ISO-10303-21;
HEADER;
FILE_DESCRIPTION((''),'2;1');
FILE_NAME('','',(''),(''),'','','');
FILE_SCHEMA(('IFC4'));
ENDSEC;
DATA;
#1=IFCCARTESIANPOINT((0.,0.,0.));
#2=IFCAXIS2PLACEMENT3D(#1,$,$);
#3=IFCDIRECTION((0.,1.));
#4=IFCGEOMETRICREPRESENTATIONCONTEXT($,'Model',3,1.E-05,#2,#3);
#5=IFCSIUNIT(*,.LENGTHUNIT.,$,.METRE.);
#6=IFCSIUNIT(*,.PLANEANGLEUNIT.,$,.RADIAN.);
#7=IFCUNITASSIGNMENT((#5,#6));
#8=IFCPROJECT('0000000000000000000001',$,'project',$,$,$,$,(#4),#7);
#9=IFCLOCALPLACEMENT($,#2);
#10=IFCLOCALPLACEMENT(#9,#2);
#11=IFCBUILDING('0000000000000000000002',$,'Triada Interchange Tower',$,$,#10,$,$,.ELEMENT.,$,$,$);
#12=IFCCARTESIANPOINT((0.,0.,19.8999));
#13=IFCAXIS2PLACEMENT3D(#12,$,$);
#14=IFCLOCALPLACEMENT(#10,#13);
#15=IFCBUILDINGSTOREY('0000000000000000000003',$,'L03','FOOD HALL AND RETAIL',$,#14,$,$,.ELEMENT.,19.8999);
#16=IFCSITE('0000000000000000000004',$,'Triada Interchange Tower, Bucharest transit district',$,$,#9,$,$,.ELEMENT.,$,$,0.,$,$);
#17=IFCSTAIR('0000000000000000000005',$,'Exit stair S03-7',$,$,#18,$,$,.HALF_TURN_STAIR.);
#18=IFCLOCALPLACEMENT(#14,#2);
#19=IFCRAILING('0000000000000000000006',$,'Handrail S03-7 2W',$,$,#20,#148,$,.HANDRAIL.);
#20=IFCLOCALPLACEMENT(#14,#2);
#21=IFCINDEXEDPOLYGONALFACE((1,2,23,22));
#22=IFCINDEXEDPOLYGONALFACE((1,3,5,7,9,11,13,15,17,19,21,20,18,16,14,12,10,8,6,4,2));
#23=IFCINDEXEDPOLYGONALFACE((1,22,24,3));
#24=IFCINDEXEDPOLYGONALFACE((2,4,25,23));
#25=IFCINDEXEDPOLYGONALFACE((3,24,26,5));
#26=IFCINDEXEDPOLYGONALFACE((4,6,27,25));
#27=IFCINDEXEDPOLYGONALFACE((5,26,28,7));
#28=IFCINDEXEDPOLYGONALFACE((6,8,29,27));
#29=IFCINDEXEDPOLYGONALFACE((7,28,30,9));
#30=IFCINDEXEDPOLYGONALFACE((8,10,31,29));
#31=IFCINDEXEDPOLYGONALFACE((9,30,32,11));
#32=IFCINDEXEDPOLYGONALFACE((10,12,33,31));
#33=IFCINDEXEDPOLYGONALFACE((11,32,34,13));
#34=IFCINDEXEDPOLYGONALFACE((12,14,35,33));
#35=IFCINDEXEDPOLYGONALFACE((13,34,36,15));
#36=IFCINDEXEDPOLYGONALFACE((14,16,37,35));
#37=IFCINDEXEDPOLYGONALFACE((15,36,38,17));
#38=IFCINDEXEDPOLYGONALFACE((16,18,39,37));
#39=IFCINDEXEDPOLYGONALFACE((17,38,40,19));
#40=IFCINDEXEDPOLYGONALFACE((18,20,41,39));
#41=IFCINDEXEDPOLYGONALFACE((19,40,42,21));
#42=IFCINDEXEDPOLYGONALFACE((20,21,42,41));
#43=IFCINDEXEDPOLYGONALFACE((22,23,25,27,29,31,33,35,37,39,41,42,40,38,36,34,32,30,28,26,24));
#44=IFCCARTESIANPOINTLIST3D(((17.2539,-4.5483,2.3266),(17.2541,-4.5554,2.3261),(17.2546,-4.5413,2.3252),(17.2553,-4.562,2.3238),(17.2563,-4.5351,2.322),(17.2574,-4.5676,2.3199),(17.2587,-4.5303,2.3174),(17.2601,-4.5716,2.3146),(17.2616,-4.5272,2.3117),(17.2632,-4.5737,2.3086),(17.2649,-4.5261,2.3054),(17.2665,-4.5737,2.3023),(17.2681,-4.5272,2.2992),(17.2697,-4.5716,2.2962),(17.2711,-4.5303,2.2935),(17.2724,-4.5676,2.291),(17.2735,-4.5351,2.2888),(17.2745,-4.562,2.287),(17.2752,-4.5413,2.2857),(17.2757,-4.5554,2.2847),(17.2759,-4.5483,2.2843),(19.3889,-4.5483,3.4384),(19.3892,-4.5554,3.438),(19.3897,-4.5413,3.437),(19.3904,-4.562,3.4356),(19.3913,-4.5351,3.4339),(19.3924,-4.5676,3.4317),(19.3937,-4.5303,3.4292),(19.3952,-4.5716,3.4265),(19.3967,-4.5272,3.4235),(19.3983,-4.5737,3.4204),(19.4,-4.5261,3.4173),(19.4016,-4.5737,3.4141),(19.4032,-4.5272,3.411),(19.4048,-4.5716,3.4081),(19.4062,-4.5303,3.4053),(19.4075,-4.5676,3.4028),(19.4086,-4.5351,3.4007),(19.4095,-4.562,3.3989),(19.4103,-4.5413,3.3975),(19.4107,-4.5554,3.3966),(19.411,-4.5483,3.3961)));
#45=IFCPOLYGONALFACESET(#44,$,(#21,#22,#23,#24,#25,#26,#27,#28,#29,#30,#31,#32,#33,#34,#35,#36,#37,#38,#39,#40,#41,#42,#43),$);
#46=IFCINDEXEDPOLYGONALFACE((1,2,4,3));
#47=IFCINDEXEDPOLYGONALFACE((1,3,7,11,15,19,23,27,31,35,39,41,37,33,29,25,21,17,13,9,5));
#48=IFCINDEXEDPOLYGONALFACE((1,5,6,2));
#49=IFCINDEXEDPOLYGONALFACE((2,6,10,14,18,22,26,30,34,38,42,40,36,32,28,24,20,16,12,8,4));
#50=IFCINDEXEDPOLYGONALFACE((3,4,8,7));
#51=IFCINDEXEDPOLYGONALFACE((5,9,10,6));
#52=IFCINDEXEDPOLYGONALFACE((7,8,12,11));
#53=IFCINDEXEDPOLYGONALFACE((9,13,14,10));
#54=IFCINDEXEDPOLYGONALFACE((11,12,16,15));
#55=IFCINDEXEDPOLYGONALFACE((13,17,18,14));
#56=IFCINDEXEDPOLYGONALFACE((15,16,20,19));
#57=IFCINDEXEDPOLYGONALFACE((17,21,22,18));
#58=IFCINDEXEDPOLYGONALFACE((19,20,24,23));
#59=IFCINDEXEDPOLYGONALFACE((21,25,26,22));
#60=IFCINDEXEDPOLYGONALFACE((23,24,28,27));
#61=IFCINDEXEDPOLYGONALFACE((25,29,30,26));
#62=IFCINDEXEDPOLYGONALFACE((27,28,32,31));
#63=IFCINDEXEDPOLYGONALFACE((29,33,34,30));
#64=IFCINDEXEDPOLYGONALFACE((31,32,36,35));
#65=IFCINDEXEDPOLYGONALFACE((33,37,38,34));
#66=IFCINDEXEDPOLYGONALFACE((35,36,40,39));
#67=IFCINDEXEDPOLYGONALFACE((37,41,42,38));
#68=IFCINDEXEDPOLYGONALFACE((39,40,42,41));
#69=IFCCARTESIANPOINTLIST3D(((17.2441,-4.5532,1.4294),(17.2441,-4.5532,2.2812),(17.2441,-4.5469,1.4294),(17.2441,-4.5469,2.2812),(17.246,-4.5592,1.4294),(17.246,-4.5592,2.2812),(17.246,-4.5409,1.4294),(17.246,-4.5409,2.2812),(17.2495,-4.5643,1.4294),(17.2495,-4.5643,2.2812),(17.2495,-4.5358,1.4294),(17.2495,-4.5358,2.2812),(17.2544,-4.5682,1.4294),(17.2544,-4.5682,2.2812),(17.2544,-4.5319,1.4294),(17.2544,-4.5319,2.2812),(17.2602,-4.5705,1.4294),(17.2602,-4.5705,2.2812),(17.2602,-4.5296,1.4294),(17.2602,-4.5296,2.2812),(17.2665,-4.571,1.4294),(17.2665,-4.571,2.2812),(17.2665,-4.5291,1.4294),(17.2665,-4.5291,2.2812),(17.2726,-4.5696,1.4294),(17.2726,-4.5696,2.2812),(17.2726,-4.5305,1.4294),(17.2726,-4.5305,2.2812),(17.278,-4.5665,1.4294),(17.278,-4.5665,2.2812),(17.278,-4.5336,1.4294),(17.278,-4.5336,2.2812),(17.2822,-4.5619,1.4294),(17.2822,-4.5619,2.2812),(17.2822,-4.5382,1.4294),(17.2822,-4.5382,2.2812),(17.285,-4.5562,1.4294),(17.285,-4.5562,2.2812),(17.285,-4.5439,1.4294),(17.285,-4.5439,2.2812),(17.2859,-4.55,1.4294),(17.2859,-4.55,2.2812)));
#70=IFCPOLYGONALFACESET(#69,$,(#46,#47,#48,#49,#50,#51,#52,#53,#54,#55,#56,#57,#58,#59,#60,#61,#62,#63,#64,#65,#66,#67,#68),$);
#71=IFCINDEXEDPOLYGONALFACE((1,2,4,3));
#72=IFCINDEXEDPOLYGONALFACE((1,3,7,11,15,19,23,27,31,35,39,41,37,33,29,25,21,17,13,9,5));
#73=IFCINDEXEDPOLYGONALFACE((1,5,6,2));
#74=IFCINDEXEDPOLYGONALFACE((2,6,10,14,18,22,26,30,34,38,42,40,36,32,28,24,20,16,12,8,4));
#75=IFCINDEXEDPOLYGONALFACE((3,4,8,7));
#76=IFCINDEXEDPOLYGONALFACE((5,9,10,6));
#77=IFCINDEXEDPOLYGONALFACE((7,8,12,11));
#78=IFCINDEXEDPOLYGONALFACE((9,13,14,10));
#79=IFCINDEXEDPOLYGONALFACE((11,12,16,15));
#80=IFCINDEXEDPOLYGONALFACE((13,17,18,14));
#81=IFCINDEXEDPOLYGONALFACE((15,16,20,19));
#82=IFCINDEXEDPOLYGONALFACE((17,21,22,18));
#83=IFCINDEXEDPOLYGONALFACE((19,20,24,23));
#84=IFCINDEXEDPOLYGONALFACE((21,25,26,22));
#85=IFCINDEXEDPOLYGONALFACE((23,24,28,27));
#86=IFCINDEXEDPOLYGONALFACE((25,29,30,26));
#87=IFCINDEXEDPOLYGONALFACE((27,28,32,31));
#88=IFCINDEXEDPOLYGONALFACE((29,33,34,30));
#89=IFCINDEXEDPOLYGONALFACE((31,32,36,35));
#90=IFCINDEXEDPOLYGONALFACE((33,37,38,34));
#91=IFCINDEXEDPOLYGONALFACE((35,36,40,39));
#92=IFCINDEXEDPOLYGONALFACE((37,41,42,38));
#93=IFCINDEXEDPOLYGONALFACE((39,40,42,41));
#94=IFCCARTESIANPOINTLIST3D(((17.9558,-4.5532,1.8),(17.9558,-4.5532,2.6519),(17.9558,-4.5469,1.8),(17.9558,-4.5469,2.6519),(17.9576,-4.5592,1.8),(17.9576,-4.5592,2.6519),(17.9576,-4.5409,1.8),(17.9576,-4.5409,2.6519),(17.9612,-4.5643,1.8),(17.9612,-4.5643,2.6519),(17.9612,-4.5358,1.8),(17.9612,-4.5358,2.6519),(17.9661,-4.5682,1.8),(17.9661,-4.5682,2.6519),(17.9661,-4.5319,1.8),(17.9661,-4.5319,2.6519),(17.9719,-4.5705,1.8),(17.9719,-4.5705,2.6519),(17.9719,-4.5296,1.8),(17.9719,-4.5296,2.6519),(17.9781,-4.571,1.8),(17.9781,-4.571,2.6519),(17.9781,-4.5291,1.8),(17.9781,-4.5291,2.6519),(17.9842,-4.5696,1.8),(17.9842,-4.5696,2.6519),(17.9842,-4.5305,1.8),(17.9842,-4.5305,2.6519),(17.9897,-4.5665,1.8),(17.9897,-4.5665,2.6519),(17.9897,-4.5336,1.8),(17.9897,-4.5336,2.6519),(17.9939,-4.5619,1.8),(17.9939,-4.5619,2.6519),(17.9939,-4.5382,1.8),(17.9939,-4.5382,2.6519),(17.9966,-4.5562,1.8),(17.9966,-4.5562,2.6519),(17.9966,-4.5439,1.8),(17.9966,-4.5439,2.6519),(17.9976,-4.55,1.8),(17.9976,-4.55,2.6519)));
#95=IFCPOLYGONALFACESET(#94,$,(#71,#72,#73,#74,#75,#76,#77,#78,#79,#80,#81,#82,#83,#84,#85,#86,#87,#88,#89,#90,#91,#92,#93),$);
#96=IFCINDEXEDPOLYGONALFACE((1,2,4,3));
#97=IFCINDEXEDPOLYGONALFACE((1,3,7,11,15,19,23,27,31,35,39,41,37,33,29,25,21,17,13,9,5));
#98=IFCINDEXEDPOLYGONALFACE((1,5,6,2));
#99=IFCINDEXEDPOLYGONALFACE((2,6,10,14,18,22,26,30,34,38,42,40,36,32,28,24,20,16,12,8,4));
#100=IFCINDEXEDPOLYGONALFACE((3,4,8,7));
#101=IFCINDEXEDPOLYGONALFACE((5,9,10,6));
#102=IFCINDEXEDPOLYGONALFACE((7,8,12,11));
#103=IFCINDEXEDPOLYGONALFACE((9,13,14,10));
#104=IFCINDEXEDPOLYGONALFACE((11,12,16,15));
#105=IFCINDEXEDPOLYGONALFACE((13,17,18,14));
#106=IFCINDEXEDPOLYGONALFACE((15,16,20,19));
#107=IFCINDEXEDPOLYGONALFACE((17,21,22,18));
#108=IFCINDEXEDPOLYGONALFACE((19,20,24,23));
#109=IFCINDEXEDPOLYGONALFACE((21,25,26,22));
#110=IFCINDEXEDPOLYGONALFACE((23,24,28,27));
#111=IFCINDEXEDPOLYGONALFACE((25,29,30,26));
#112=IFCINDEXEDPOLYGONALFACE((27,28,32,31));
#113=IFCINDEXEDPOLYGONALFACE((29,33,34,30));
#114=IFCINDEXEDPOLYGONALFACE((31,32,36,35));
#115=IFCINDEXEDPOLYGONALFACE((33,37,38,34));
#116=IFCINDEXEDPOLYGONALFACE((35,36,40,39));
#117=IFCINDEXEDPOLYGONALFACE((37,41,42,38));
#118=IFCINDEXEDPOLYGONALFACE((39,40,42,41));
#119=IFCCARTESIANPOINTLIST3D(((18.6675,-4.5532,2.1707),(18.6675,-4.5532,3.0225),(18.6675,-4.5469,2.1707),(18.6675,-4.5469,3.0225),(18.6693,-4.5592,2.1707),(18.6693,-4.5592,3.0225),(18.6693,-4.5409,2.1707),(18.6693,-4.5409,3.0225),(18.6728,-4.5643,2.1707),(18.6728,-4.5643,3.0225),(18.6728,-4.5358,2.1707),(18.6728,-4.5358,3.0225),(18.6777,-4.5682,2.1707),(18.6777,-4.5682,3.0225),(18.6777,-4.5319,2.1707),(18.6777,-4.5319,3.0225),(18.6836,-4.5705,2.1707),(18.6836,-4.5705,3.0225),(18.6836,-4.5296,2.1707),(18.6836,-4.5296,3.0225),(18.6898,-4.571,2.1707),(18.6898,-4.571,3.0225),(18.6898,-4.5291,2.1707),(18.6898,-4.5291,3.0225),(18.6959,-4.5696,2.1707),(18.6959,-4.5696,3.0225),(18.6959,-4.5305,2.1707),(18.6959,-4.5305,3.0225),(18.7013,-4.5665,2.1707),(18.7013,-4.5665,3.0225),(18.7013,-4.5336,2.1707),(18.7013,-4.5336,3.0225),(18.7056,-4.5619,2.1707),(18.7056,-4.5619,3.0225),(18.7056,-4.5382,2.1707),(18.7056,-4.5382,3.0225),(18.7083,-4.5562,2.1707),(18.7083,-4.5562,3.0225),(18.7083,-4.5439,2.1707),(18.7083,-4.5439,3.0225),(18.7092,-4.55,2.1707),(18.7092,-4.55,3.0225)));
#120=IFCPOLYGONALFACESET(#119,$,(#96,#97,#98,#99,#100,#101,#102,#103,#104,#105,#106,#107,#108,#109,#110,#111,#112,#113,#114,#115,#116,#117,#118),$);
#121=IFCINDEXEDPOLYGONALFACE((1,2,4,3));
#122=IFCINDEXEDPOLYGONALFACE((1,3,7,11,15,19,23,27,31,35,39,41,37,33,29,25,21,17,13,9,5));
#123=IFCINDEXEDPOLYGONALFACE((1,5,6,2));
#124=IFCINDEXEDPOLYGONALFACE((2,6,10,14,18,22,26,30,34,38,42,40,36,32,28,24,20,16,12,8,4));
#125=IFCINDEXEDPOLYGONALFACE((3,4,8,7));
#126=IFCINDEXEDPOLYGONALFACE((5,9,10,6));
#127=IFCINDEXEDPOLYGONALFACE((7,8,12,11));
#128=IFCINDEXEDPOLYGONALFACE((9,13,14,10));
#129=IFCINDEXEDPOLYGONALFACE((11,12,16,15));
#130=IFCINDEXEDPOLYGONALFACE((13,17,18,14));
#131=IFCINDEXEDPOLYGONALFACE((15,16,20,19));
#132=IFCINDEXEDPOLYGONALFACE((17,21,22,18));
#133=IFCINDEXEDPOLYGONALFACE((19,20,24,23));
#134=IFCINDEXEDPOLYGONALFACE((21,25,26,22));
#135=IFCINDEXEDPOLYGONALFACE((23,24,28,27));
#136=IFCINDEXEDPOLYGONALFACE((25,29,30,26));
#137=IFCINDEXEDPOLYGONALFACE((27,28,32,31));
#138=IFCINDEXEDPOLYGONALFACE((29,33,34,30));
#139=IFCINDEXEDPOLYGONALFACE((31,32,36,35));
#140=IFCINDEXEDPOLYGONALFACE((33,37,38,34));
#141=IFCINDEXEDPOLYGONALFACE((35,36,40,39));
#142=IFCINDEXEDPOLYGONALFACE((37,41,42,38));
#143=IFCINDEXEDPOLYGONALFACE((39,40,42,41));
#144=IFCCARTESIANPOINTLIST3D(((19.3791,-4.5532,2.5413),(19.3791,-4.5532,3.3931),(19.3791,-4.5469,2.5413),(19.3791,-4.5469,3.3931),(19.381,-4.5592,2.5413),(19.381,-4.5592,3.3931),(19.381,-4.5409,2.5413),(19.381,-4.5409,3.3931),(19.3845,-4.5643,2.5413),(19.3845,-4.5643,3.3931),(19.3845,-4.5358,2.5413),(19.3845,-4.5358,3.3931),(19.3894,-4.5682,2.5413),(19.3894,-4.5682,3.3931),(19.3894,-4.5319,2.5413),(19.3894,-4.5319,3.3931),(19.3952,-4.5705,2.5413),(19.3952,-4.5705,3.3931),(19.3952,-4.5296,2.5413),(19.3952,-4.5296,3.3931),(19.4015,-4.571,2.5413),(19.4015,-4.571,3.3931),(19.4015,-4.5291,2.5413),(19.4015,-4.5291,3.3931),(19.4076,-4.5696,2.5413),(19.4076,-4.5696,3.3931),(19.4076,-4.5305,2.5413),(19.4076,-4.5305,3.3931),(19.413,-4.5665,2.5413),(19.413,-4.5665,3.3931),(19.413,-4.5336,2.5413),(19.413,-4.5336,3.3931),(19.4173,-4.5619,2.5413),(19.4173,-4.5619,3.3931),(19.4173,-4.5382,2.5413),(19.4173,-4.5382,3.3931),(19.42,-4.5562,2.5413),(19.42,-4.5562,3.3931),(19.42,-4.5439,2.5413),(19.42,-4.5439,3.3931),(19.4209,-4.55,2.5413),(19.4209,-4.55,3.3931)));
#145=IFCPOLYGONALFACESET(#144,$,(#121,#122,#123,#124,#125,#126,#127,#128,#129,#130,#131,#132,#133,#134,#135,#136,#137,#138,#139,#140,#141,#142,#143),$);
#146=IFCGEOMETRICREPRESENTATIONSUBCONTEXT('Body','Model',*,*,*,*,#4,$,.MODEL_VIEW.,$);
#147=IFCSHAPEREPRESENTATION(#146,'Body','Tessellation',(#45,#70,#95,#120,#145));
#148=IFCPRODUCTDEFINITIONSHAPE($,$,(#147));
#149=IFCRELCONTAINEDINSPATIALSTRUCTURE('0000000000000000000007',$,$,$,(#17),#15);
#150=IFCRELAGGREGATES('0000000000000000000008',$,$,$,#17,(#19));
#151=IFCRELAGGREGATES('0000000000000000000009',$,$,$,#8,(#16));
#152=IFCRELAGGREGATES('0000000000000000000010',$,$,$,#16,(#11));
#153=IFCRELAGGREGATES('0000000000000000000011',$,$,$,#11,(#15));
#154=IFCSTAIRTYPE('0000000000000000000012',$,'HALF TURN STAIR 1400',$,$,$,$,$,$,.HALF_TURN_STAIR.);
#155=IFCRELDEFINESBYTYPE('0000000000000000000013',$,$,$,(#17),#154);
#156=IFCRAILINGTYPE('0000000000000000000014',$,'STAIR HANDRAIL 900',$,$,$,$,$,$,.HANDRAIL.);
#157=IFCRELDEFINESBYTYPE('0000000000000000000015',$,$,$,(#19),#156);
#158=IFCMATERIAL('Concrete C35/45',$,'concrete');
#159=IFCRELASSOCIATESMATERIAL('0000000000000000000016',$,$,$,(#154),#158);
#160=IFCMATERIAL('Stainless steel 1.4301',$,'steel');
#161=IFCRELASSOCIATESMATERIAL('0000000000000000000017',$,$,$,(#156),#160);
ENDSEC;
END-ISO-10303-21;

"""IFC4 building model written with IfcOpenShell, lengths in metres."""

from ifc_helpers import new_model, si_unit, direction, frame, origin, origin_2d, place, context, subcontext, project, spatial, circle, extrude, material, type_object, element, aggregate, save


model = new_model("IFC4")

# Units and contexts
model_context = context("Model", 3, precision=1e-05, world=origin(), true_north=direction((0.0, 1.0)))
body_context = subcontext(model_context, "Body", "Model", "MODEL_VIEW")
ifc_project = project(units=[si_unit("LENGTHUNIT", "METRE"), si_unit("PLANEANGLEUNIT", "RADIAN")], contexts=[model_context])

# Site, building, storey
site_placement = place(None, origin())
site = spatial("IfcSite", under=ifc_project, at=site_placement, Name="Triada Interchange Tower, Bucharest transit district", CompositionType="ELEMENT", RefElevation=0.0)
building_placement = place(site_placement, origin())
building = spatial("IfcBuilding", under=site, at=building_placement, Name="Triada Interchange Tower", CompositionType="ELEMENT")
storey_placement = place(building_placement, frame((0.0, 0.0, 19.8999)))
storey = spatial("IfcBuildingStorey", under=building, at=storey_placement, Name="L03", Description="FOOD HALL AND RETAIL", CompositionType="ELEMENT", Elevation=19.8999)

# Stair, railing
ifc_material_1 = material(Name="Concrete C35/45", Category="concrete")
stair_type = type_object("IfcStairType", Name="HALF TURN STAIR 1400", PredefinedType="HALF_TURN_STAIR", material=ifc_material_1)
stair_placement = place(storey_placement, origin())
stair = element("IfcStair", 1, at=stair_placement, inside=storey, type_object=stair_type, Name="Exit stair S03-7", PredefinedType="HALF_TURN_STAIR")
ifc_material_2 = material(Name="Stainless steel 1.4301", Category="steel")
railing_type = type_object("IfcRailingType", Name="STAIR HANDRAIL 900", PredefinedType="HANDRAIL", material=ifc_material_2)
railing_1_placement = place(storey_placement, frame((17.2649, -4.55, 1.4294)))
railing_1 = element("IfcRailing", 2, at=railing_1_placement, type_object=railing_type, Name="Handrail S03-7 2W", PredefinedType="HANDRAIL", context=body_context, shape_type="SweptSolid", body=[
    extrude(circle(Radius=0.0239, at=origin_2d()), frame((0.0, 0.0, 0.876), z_axis=(0.886943, 0.0, 0.46188), x_axis=(0.0, 1.0, 0.0)), (0.0, 0.0, 1.0), 2.4072),
    extrude(circle(Radius=0.021, at=origin_2d()), origin(), (0.0, 0.0, 1.0), 0.8518),
    extrude(circle(Radius=0.021, at=origin_2d()), frame((0.7117, 0.0, 0.3706)), (0.0, 0.0, 1.0), 0.8518),
    extrude(circle(Radius=0.021, at=origin_2d()), frame((1.4233, 0.0, 0.7412)), (0.0, 0.0, 1.0), 0.8518),
    extrude(circle(Radius=0.021, at=origin_2d()), frame((2.135, 0.0, 1.1118)), (0.0, 0.0, 1.0), 0.8518),
])
aggregate(stair, [railing_1])

save(model, "model.ifc")
